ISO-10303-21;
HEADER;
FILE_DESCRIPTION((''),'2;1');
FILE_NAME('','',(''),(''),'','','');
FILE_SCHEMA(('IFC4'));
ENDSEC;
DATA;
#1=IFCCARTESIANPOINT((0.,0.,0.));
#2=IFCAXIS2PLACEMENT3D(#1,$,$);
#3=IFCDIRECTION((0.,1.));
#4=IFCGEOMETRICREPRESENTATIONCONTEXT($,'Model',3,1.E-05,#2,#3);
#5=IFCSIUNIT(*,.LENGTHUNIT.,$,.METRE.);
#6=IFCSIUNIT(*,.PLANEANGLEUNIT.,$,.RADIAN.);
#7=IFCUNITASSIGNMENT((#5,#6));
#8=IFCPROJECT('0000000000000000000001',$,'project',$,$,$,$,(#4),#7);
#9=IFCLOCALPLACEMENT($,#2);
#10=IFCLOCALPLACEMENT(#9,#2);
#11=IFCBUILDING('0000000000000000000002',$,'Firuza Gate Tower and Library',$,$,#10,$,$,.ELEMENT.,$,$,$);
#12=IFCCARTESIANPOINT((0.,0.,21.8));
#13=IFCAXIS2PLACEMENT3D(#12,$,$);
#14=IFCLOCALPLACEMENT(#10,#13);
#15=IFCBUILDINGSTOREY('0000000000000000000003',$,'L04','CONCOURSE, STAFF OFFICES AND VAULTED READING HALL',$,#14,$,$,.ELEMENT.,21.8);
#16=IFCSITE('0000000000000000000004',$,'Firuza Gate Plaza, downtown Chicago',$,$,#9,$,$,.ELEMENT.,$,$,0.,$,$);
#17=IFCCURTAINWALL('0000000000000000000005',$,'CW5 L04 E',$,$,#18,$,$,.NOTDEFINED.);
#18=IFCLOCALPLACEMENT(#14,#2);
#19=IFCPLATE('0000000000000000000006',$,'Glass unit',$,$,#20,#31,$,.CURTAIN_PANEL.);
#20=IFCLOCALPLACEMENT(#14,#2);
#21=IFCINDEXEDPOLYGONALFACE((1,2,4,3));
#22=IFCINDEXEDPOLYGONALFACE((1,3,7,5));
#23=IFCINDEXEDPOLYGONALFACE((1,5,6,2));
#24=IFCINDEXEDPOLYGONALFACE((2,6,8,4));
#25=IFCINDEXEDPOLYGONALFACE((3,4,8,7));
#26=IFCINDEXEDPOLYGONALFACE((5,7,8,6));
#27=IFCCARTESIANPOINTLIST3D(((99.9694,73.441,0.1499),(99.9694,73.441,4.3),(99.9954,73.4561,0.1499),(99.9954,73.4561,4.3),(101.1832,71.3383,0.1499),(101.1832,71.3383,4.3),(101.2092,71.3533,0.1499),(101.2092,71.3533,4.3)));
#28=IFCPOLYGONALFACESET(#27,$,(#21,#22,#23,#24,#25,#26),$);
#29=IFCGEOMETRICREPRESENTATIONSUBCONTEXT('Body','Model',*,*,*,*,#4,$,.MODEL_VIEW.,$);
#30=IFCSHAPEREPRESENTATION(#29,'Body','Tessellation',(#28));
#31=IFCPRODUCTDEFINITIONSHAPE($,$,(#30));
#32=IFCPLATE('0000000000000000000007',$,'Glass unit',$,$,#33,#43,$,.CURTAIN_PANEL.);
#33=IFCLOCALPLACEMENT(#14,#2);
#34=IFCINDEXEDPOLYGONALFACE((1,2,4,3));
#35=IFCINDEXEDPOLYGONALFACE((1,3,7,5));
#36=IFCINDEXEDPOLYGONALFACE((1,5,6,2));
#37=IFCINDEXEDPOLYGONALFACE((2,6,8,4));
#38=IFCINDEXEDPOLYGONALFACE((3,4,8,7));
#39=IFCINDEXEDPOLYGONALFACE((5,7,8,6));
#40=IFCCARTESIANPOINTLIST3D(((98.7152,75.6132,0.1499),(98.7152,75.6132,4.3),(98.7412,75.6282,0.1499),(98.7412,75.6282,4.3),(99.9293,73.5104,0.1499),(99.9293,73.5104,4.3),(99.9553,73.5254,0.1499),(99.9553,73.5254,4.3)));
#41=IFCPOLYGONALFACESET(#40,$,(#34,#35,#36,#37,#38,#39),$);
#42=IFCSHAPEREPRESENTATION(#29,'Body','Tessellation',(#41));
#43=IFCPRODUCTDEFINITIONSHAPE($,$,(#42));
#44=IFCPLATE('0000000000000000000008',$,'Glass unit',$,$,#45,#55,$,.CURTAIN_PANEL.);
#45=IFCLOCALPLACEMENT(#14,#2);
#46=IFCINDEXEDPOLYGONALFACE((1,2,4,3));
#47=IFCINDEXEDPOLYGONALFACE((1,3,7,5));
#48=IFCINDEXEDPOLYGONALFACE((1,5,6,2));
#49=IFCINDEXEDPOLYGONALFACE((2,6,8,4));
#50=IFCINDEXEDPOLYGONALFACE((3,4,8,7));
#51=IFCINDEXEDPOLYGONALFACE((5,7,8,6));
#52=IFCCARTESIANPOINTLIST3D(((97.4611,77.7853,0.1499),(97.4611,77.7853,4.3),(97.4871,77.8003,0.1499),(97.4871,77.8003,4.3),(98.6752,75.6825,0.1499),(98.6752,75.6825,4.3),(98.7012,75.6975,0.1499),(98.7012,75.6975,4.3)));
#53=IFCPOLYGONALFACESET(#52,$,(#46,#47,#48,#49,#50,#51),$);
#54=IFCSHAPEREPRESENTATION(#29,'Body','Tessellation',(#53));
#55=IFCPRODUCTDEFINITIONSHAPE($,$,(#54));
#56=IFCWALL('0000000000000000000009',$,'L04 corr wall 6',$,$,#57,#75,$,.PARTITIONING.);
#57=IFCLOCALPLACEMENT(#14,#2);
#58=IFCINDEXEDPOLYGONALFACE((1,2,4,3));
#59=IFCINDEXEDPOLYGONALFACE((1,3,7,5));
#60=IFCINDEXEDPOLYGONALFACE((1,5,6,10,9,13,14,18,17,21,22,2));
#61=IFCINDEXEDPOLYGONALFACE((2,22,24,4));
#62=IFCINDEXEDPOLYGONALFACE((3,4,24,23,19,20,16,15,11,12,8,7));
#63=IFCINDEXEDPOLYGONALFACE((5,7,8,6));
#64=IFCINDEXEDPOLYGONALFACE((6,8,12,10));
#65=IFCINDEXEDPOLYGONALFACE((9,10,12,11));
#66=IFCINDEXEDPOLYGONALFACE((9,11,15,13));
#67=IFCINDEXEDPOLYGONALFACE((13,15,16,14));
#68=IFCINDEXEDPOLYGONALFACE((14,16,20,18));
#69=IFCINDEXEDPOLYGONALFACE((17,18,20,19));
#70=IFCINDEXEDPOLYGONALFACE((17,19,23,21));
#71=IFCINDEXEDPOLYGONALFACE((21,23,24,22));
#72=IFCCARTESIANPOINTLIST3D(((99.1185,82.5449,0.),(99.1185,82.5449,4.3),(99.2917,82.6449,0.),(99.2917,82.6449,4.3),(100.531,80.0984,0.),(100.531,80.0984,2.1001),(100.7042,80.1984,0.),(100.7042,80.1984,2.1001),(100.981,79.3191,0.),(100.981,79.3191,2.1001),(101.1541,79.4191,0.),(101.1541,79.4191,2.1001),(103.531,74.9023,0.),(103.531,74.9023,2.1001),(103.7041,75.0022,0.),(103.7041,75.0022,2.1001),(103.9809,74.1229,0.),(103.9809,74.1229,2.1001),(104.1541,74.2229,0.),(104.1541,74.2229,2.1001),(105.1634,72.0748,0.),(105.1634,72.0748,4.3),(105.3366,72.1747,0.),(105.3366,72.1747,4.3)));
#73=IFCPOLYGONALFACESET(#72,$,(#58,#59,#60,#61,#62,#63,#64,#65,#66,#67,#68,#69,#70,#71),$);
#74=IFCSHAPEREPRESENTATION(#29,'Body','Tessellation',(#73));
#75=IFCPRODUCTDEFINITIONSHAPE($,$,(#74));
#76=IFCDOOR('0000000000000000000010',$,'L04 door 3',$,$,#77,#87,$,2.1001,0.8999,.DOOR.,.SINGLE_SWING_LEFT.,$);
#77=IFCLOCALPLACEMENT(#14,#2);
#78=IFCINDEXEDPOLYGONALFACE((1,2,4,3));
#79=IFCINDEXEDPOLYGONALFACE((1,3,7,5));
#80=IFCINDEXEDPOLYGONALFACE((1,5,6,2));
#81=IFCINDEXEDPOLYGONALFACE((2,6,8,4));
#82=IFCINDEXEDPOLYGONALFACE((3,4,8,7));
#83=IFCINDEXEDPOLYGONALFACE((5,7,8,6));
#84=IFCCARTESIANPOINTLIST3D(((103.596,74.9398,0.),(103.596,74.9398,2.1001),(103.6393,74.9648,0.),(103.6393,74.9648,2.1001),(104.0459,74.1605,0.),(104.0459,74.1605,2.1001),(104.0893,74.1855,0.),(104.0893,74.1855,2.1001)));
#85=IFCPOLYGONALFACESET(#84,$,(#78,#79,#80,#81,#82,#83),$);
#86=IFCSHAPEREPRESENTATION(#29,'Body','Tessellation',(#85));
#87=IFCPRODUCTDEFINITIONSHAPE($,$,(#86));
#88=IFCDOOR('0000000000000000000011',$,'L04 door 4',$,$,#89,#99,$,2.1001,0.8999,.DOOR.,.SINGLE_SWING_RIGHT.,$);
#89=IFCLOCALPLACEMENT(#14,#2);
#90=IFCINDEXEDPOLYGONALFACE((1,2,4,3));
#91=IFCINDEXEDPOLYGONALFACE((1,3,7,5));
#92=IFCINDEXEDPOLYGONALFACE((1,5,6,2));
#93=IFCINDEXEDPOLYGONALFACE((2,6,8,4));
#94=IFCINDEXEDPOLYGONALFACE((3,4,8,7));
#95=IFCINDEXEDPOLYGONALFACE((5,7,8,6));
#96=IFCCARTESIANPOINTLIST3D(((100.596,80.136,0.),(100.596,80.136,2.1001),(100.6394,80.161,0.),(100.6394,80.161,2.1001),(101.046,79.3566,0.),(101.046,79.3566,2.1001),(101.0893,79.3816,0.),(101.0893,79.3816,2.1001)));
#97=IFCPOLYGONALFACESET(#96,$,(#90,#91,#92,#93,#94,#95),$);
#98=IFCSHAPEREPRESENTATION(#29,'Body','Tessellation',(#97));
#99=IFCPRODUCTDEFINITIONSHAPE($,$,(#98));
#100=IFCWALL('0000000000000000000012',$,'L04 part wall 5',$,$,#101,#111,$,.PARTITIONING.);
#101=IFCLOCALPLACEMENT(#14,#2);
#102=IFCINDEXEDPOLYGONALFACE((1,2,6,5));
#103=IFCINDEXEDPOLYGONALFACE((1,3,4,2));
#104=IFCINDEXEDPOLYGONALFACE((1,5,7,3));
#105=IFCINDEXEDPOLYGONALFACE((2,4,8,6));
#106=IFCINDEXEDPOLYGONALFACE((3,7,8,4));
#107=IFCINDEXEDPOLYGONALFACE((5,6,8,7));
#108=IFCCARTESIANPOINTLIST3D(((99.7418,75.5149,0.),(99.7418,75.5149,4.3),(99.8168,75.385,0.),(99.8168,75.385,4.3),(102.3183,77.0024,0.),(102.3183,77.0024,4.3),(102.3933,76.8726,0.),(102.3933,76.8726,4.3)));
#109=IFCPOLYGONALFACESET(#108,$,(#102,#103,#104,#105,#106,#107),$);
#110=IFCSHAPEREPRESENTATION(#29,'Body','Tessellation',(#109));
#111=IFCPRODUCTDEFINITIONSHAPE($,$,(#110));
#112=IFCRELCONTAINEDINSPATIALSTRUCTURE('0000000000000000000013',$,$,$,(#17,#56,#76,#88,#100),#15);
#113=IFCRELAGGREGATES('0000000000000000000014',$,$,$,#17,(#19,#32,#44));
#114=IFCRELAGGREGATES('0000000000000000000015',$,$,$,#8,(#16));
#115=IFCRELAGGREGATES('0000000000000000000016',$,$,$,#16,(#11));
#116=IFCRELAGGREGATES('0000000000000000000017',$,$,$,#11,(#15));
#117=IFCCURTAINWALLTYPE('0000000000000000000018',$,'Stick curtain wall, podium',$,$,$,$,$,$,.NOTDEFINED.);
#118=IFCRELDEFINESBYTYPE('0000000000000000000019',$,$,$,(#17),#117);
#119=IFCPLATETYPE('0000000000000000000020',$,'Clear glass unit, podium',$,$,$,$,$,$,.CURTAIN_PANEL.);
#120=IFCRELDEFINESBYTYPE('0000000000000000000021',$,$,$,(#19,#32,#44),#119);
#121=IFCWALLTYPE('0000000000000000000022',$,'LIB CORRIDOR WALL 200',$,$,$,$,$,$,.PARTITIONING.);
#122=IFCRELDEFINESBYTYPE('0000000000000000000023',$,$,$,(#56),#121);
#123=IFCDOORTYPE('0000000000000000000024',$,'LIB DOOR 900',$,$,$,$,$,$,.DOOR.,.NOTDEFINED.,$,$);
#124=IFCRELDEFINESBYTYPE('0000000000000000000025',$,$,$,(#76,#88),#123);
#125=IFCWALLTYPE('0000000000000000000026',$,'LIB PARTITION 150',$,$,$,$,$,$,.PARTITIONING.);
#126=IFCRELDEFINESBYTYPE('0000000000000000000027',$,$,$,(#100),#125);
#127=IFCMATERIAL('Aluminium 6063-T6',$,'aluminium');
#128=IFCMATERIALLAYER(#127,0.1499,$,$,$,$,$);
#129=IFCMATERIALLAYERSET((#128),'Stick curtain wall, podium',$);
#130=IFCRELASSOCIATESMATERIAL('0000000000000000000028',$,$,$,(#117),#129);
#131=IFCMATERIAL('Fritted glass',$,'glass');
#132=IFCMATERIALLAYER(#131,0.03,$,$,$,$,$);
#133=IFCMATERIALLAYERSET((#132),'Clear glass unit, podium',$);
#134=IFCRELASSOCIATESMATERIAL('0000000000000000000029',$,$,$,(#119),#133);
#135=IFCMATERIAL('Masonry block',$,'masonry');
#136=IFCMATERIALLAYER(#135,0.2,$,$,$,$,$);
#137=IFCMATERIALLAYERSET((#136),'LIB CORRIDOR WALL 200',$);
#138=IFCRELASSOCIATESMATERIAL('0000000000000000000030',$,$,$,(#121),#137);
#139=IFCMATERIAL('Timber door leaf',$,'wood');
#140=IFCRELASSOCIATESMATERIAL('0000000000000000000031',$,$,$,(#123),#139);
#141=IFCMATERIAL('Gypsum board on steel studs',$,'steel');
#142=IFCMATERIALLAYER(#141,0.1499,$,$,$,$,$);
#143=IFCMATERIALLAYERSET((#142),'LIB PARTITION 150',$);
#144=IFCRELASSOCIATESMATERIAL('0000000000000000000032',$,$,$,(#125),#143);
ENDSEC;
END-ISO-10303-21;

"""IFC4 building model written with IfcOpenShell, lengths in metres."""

from ifc_helpers import new_model, si_unit, direction, frame, frame_2d, origin, place, context, subcontext, project, spatial, polyline, rectangle, outline, extrude, material, layer, layer_set, type_object, element, fill, aggregate, save


model = new_model("IFC4")

# Units and contexts
model_context = context("Model", 3, precision=1e-05, world=origin(), true_north=direction((0.0, 1.0)))
body_context = subcontext(model_context, "Body", "Model", "MODEL_VIEW")
ifc_project = project(units=[si_unit("LENGTHUNIT", "METRE"), si_unit("PLANEANGLEUNIT", "RADIAN")], contexts=[model_context])

# Site, building, storey
site_placement = place(None, origin())
site = spatial("IfcSite", under=ifc_project, at=site_placement, Name="Firuza Gate Plaza, downtown Chicago", CompositionType="ELEMENT", RefElevation=0.0)
building_placement = place(site_placement, origin())
building = spatial("IfcBuilding", under=site, at=building_placement, Name="Firuza Gate Tower and Library", CompositionType="ELEMENT")
storey_placement = place(building_placement, frame((0.0, 0.0, 21.8)))
storey = spatial("IfcBuildingStorey", under=building, at=storey_placement, Name="L04", Description="CONCOURSE, STAFF OFFICES AND VAULTED READING HALL", CompositionType="ELEMENT", Elevation=21.8)

# Curtain wall
ifc_material_1 = material(Name="Aluminium 6063-T6", Category="aluminium")
ifc_layer_1 = layer(ifc_material_1, 0.1499)
ifc_layer_set_1 = layer_set([ifc_layer_1], Name="Stick curtain wall, podium")
curtain_wall_type_1 = type_object("IfcCurtainWallType", Name="Stick curtain wall, podium", PredefinedType="NOTDEFINED", material=ifc_layer_set_1)
placement = place(storey_placement, origin())
curtain_wall_1 = element("IfcCurtainWall", 1, at=placement, inside=storey, type_object=curtain_wall_type_1, Name="CW5 L04 E", PredefinedType="NOTDEFINED")

# Plates
ifc_material_2 = material(Name="Fritted glass", Category="glass")
ifc_layer_2 = layer(ifc_material_2, 0.03)
ifc_layer_set_2 = layer_set([ifc_layer_2], Name="Clear glass unit, podium")
plate_type = type_object("IfcPlateType", Name="Clear glass unit, podium", PredefinedType="CURTAIN_PANEL", material=ifc_layer_set_2)
plate_1_placement = place(storey_placement, frame((101.2092, 71.3533, 0.1499), z_axis=(0.866057, 0.499946, 0.0), x_axis=(-0.499946, 0.866057, 0.0)))
plate_1 = element("IfcPlate", 2, at=plate_1_placement, type_object=plate_type, Name="Glass unit", PredefinedType="CURTAIN_PANEL", context=body_context, shape_type="SweptSolid", body=[
    extrude(outline(polyline([(0.0, 0.0), (2.428, 0.0), (2.428, 4.1501), (0.0, 4.1501), (0.0, 0.0)])), origin(), (0.0, 0.0, -1.0), 0.03),
])
plate_2_placement = place(storey_placement, frame((99.9553, 73.5254, 0.1499), z_axis=(0.866013, 0.500021, 0.0), x_axis=(-0.500021, 0.866013, 0.0)))
plate_2 = element("IfcPlate", 3, at=plate_2_placement, type_object=plate_type, Name="Glass unit", PredefinedType="CURTAIN_PANEL", context=body_context, shape_type="SweptSolid", body=[
    extrude(outline(polyline([(0.0, 0.0), (2.4281, 0.0), (2.4281, 4.1501), (0.0, 4.1501), (0.0, 0.0)])), origin(), (0.0, 0.0, -1.0), 0.03),
])
plate_3_placement = place(storey_placement, frame((98.7012, 75.6975, 0.1499), z_axis=(0.866013, 0.500021, 0.0), x_axis=(-0.500021, 0.866013, 0.0)))
plate_3 = element("IfcPlate", 4, at=plate_3_placement, type_object=plate_type, Name="Glass unit", PredefinedType="CURTAIN_PANEL", context=body_context, shape_type="SweptSolid", body=[
    extrude(outline(polyline([(0.0, 0.0), (2.4281, 0.0), (2.4281, 4.1501), (0.0, 4.1501), (0.0, 0.0)])), origin(), (0.0, 0.0, -1.0), 0.03),
])
aggregate(curtain_wall_1, [plate_1, plate_2, plate_3])

# Wall, openings, doors
ifc_material_3 = material(Name="Masonry block", Category="masonry")
ifc_layer_3 = layer(ifc_material_3, 0.2)
ifc_layer_set_3 = layer_set([ifc_layer_3], Name="LIB CORRIDOR WALL 200")
wall_type_1 = type_object("IfcWallType", Name="LIB CORRIDOR WALL 200", PredefinedType="PARTITIONING", material=ifc_layer_set_3)
wall_1_placement = place(storey_placement, frame((105.25, 72.1248, 0.0), z_axis=(0.0, 0.0, 1.0), x_axis=(-0.499996, 0.866028, 0.0)))
wall_1 = element("IfcWall", 5, at=wall_1_placement, inside=storey, type_object=wall_type_1, Name="L04 corr wall 6", PredefinedType="PARTITIONING", context=body_context, shape_type="SweptSolid", body=[
    extrude(rectangle(XDim=12.0898, YDim=0.2, at=frame_2d((6.0449, 0.0))), origin(), (0.0, 0.0, 1.0), 4.3),
])
opening_1_placement = place(wall_1_placement, frame((2.365, 0.0, 0.0)))
opening_1 = element("IfcOpeningElement", 6, at=opening_1_placement, cuts=wall_1, PredefinedType="OPENING", context=body_context, shape_type="SweptSolid", body=[
    extrude(rectangle(XDim=0.8999, YDim=2.1001, at=frame_2d((0.45, 1.05))), frame((0.0, 0.1099, 0.0), z_axis=(0.0, -1.0, 0.0), x_axis=(1.0, 0.0, 0.0)), (0.0, 0.0, 1.0), 0.22),
])
opening_2_placement = place(wall_1_placement, frame((8.365, 0.0, 0.0)))
opening_2 = element("IfcOpeningElement", 7, at=opening_2_placement, cuts=wall_1, PredefinedType="OPENING", context=body_context, shape_type="SweptSolid", body=[
    extrude(rectangle(XDim=0.8999, YDim=2.1001, at=frame_2d((0.45, 1.05))), frame((0.0, 0.1099, 0.0), z_axis=(0.0, -1.0, 0.0), x_axis=(1.0, 0.0, 0.0)), (0.0, 0.0, 1.0), 0.22),
])
ifc_material_4 = material(Name="Timber door leaf", Category="wood")
door_type = type_object("IfcDoorType", Name="LIB DOOR 900", OperationType="NOTDEFINED", PredefinedType="DOOR", material=ifc_material_4)
door_1_placement = place(opening_1_placement, origin())
door_1 = element("IfcDoor", 8, at=door_1_placement, inside=storey, type_object=door_type, Name="L04 door 3", OperationType="SINGLE_SWING_LEFT", OverallHeight=2.1001, OverallWidth=0.8999, PredefinedType="DOOR", context=body_context, shape_type="SweptSolid", body=[
    extrude(rectangle(XDim=0.8999, YDim=2.1001, at=frame_2d((0.45, 1.05))), frame((0.0, 0.0249, 0.0), z_axis=(0.0, -1.0, 0.0), x_axis=(1.0, 0.0, 0.0)), (0.0, 0.0, 1.0), 0.05),
])
fill(opening_1, door_1)
door_2_placement = place(opening_2_placement, origin())
door_2 = element("IfcDoor", 9, at=door_2_placement, inside=storey, type_object=door_type, Name="L04 door 4", OperationType="SINGLE_SWING_RIGHT", OverallHeight=2.1001, OverallWidth=0.8999, PredefinedType="DOOR", context=body_context, shape_type="SweptSolid", body=[
    extrude(rectangle(XDim=0.8999, YDim=2.1001, at=frame_2d((0.45, 1.05))), frame((0.0, 0.0249, 0.0), z_axis=(0.0, -1.0, 0.0), x_axis=(1.0, 0.0, 0.0)), (0.0, 0.0, 1.0), 0.05),
])
fill(opening_2, door_2)

# Wall
ifc_material_5 = material(Name="Gypsum board on steel studs", Category="steel")
ifc_layer_4 = layer(ifc_material_5, 0.1499)
ifc_layer_set_4 = layer_set([ifc_layer_4], Name="LIB PARTITION 150")
wall_type_2 = type_object("IfcWallType", Name="LIB PARTITION 150", PredefinedType="PARTITIONING", material=ifc_layer_set_4)
wall_2_placement = place(storey_placement, frame((99.7793, 75.45, 0.0), z_axis=(0.0, 0.0, 1.0), x_axis=(0.866017, 0.500014, 0.0)))
element("IfcWall", 10, at=wall_2_placement, inside=storey, type_object=wall_type_2, Name="L04 part wall 5", PredefinedType="PARTITIONING", context=body_context, shape_type="SweptSolid", body=[
    extrude(rectangle(XDim=2.9751, YDim=0.1499, at=frame_2d((1.4875, 0.0))), origin(), (0.0, 0.0, 1.0), 4.3),
])

save(model, "model.ifc")
